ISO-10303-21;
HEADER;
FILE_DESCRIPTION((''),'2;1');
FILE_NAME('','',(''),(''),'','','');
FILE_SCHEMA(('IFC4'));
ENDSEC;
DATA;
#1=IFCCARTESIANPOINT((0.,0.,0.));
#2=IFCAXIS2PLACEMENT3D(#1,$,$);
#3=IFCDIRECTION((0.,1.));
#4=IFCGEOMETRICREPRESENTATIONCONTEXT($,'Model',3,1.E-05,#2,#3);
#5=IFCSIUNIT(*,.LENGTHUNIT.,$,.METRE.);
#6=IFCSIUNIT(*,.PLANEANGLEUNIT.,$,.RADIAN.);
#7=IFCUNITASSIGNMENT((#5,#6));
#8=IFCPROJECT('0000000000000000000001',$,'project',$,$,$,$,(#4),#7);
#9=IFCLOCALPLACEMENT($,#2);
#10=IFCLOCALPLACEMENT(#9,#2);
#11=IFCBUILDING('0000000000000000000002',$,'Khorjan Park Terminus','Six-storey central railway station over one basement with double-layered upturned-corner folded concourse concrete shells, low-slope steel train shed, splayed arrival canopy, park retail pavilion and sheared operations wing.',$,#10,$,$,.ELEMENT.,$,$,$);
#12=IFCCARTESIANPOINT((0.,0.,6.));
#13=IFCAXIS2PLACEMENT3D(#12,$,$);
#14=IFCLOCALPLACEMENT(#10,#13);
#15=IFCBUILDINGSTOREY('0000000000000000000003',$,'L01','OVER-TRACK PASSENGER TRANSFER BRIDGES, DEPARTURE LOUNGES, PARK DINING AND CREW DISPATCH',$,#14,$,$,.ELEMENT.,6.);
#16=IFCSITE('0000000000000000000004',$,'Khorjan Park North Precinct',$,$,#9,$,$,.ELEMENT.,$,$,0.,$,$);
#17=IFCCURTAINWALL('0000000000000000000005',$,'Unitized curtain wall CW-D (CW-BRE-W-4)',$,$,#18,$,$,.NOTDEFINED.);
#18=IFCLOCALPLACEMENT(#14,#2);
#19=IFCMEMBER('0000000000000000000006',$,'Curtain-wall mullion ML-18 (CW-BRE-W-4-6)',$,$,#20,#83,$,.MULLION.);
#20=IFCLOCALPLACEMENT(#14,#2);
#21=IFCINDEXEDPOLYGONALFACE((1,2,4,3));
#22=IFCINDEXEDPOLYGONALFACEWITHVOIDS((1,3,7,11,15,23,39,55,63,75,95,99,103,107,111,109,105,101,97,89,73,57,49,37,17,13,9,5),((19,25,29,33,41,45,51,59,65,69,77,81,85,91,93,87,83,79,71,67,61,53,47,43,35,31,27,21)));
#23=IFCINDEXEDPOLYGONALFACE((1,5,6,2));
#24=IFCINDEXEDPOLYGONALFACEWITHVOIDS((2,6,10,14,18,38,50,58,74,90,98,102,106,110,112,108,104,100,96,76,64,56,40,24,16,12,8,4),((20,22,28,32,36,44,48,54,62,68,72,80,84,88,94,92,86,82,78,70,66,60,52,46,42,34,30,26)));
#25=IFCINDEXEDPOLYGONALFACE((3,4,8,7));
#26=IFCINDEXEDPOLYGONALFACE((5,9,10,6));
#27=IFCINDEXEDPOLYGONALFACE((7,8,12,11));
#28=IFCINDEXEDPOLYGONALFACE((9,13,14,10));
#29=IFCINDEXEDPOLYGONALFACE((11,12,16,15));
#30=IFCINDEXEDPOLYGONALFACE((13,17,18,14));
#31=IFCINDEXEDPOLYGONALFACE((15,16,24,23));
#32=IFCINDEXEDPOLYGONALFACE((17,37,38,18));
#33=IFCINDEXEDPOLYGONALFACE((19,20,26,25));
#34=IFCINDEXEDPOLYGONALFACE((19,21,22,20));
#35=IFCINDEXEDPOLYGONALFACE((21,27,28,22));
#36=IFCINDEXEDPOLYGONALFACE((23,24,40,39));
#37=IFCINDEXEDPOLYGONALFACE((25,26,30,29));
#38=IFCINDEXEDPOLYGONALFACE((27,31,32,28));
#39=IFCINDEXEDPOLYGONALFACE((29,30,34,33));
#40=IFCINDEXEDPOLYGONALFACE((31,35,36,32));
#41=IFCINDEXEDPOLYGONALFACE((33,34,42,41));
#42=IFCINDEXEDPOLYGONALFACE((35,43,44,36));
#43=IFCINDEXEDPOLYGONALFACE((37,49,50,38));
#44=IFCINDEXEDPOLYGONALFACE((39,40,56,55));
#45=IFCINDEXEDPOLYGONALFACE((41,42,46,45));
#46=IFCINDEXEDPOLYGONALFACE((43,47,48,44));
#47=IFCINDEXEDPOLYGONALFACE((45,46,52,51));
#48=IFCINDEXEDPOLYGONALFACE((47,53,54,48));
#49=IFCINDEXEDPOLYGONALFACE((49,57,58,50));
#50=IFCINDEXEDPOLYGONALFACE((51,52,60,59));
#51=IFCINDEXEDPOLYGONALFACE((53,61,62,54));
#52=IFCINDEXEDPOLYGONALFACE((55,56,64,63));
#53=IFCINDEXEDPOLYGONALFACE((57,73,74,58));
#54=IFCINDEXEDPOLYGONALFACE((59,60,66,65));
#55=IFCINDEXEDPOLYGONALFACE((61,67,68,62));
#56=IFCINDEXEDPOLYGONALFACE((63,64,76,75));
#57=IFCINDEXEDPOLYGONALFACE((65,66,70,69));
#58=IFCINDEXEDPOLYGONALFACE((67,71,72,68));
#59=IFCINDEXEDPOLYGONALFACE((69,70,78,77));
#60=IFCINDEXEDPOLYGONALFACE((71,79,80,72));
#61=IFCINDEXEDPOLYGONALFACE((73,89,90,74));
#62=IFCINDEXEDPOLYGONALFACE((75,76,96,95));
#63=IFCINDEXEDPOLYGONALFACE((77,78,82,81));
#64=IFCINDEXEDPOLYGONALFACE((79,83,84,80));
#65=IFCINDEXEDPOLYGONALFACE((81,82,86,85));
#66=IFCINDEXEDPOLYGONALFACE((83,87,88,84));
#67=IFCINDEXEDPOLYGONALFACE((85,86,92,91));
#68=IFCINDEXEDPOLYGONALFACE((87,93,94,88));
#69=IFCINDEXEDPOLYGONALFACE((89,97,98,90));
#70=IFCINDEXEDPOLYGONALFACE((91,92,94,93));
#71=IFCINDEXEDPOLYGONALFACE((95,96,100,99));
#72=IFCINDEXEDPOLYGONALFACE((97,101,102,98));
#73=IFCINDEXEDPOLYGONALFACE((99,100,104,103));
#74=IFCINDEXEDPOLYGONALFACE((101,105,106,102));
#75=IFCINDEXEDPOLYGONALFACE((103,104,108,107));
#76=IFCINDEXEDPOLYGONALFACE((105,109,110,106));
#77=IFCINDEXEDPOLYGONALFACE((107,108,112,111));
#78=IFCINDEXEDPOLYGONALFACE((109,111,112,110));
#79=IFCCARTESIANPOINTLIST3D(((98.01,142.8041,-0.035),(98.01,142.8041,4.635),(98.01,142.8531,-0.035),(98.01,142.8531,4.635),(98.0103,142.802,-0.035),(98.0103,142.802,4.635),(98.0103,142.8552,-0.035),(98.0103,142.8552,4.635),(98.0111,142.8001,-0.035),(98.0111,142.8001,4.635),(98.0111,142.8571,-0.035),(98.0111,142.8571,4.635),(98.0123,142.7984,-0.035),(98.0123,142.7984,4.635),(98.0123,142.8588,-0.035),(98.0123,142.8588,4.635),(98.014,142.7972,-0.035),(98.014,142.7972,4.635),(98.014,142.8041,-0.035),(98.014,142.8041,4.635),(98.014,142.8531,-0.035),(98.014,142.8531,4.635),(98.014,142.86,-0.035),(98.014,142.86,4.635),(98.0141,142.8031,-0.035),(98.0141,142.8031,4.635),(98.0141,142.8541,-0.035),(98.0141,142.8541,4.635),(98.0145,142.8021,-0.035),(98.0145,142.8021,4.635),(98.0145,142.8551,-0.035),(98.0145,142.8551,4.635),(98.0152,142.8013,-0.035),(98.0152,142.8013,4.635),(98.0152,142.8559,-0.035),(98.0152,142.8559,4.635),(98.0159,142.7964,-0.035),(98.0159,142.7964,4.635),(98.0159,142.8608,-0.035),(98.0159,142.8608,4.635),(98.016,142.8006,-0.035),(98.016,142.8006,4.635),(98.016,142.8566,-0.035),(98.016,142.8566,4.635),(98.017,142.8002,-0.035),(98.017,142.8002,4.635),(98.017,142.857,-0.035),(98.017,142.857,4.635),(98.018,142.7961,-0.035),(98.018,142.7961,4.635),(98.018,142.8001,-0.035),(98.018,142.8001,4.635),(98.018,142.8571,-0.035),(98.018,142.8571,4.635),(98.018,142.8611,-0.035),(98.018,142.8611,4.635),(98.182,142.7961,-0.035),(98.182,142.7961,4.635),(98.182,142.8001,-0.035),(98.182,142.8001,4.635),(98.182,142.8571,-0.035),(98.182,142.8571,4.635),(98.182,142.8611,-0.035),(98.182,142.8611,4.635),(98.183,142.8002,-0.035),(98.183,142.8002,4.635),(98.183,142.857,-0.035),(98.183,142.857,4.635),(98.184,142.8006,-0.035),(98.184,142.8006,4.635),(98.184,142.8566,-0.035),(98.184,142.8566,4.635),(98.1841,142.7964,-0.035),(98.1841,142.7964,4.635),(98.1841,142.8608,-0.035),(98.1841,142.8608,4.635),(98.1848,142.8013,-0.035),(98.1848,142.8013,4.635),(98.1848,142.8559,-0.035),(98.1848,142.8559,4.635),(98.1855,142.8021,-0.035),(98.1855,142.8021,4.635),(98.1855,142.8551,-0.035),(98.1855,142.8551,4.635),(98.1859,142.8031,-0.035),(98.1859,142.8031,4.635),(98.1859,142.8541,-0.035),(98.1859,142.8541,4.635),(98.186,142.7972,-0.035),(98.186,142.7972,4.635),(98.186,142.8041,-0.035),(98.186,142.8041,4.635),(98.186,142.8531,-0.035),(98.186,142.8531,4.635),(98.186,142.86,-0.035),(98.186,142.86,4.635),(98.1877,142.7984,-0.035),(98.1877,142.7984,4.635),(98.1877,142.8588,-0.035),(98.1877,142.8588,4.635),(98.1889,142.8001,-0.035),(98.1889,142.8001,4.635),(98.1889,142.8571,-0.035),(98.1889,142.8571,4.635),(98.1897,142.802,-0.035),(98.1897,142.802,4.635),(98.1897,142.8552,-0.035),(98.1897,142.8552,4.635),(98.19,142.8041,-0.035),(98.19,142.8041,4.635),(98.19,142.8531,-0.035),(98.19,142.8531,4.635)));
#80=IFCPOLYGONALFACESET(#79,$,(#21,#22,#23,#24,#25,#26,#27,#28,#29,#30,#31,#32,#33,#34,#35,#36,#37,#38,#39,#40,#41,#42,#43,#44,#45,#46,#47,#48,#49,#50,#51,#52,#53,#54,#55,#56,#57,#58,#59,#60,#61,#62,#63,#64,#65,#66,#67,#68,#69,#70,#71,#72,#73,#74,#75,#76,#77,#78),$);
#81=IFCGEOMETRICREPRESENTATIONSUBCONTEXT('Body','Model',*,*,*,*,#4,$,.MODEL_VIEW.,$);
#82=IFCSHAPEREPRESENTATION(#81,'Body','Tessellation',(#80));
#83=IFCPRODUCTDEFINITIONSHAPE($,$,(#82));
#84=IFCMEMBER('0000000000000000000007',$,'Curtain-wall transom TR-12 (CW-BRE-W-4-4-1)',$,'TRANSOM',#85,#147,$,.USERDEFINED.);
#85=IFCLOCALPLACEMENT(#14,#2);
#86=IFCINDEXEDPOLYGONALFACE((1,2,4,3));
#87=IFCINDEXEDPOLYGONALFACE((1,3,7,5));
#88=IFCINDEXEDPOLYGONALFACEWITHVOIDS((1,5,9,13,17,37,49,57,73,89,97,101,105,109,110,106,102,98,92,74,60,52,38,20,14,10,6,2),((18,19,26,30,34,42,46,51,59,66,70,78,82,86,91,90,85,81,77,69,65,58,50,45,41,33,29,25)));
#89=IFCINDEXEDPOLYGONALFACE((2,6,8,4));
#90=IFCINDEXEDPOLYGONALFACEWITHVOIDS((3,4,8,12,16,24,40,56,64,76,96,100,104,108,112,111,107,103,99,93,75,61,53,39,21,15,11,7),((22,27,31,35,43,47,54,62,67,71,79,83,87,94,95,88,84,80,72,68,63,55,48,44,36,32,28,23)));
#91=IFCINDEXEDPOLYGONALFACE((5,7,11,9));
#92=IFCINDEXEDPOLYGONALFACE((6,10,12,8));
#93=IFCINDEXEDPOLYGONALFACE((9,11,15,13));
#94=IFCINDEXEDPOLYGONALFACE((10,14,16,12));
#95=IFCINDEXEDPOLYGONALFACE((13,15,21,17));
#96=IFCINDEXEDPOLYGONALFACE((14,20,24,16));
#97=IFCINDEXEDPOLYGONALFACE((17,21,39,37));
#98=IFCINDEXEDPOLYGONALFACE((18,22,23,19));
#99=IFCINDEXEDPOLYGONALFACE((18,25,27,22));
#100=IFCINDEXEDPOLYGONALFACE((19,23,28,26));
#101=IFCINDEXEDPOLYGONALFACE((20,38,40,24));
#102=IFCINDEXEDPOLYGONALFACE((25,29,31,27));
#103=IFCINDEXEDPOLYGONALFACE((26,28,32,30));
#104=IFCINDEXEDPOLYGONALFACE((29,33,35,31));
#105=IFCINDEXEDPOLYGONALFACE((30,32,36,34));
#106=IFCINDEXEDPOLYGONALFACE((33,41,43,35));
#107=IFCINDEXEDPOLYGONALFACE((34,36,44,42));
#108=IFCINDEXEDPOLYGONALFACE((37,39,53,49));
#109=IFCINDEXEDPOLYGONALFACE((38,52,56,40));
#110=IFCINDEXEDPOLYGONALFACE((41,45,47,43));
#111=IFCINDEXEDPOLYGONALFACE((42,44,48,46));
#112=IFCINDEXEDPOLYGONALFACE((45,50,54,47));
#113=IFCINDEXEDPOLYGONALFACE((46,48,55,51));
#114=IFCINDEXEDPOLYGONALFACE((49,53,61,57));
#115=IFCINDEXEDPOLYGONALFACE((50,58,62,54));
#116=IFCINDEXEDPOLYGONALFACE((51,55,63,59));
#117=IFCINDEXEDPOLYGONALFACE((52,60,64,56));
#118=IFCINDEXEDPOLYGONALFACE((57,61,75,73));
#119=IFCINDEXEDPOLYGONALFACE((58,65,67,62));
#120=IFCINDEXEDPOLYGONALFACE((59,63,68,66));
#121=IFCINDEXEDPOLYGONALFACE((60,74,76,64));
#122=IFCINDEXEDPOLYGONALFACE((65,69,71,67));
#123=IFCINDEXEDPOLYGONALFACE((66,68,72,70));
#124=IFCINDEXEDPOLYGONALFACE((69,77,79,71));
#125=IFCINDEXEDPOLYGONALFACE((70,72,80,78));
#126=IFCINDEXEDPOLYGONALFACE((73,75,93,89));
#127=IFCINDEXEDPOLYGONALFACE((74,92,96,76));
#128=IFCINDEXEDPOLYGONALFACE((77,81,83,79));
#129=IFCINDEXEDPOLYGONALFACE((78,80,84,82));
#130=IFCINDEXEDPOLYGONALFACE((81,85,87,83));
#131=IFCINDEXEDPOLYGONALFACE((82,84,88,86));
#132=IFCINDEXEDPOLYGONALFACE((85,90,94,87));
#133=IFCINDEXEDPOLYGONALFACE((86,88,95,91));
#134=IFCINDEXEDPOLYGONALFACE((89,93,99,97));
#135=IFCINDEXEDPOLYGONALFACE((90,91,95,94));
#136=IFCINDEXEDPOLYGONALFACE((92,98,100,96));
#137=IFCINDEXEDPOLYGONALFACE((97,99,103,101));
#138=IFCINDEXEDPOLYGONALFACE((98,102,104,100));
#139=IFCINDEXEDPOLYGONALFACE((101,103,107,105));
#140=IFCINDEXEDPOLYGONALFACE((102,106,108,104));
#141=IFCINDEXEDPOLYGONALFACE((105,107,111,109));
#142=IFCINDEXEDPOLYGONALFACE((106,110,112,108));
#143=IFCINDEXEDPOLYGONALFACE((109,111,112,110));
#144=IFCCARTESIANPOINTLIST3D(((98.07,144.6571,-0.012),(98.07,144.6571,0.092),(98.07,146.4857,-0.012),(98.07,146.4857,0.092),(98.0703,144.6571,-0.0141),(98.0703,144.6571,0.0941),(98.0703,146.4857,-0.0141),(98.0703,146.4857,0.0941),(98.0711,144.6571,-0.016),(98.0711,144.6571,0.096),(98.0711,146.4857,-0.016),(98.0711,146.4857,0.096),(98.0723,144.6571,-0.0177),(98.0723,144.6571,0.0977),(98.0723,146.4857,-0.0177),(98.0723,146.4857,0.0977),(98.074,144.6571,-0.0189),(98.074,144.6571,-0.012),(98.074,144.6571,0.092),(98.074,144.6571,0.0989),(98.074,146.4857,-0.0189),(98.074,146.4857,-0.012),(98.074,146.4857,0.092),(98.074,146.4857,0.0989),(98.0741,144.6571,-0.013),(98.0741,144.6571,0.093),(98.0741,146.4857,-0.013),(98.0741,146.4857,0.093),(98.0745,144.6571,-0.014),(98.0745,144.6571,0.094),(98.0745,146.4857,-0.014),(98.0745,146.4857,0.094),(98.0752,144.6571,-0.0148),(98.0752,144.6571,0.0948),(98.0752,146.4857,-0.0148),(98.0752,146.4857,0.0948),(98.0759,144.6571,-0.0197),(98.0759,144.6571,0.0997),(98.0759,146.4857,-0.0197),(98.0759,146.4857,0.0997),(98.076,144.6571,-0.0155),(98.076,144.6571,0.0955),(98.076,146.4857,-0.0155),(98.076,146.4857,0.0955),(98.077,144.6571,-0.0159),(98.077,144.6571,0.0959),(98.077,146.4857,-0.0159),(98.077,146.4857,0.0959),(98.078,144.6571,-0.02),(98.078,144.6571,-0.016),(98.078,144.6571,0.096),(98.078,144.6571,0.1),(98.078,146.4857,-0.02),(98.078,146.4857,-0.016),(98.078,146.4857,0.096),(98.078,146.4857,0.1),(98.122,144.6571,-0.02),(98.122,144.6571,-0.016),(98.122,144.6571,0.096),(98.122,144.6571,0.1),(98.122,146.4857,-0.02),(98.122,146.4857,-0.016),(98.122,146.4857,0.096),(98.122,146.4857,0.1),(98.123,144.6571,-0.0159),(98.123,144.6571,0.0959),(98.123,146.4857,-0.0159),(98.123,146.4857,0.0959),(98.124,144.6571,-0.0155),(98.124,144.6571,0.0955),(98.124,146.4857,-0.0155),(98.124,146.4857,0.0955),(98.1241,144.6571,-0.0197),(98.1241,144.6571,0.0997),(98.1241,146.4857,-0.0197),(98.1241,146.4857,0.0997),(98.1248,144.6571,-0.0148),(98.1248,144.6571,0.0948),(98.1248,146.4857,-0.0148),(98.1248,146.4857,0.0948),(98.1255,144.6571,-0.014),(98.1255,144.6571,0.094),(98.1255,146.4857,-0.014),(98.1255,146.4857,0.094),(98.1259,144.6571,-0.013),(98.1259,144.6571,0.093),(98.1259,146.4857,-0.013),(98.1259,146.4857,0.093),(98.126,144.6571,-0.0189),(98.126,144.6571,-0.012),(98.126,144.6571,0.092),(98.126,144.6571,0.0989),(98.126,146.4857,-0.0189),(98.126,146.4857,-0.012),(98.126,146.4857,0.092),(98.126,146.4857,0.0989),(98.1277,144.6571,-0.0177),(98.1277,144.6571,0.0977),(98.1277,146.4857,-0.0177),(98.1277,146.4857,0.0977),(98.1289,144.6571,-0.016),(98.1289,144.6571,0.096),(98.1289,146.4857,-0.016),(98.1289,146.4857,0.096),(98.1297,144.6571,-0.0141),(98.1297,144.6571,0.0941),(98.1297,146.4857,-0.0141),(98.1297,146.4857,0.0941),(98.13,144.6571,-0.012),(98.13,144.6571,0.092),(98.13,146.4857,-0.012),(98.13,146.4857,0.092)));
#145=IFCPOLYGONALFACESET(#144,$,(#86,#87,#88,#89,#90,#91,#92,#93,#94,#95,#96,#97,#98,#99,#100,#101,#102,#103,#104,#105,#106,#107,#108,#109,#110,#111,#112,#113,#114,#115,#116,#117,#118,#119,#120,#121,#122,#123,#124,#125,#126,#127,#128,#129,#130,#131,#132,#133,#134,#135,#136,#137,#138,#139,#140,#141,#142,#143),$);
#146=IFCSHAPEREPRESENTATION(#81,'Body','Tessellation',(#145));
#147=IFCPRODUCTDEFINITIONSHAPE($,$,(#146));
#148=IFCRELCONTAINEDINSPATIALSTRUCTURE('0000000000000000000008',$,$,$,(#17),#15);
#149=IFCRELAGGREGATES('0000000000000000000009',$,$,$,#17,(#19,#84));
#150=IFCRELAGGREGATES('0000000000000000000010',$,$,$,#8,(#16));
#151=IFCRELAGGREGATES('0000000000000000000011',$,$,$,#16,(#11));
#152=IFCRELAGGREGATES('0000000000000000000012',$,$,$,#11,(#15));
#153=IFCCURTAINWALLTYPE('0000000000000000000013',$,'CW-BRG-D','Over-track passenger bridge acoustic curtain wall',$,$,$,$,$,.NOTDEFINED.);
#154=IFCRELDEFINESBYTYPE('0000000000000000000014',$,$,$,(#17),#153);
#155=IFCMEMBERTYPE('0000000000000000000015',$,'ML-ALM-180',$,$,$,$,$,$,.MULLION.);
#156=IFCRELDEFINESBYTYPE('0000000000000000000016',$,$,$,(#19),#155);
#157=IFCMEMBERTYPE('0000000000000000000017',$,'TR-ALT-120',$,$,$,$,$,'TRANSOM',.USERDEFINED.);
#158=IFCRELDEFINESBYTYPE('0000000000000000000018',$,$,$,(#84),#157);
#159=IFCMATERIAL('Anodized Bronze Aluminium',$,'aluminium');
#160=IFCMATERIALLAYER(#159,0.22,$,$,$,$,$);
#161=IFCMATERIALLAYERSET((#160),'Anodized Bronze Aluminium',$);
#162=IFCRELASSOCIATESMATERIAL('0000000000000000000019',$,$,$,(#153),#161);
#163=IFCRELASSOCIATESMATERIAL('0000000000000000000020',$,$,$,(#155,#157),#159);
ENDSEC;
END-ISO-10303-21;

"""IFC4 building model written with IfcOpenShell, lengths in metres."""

from ifc_helpers import new_model, si_unit, direction, frame, origin, origin_2d, place, context, subcontext, project, spatial, hollow_rectangle, extrude, material, layer, layer_set, material_profile, profile_set, type_object, element, aggregate, save


model = new_model("IFC4")

# Units and contexts
model_context = context("Model", 3, precision=1e-05, world=origin(), true_north=direction((0.0, 1.0)))
body_context = subcontext(model_context, "Body", "Model", "MODEL_VIEW")
ifc_project = project(units=[si_unit("LENGTHUNIT", "METRE"), si_unit("PLANEANGLEUNIT", "RADIAN")], contexts=[model_context])

# Site, building, storey
site_placement = place(None, origin())
site = spatial("IfcSite", under=ifc_project, at=site_placement, Name="Khorjan Park North Precinct", CompositionType="ELEMENT", RefElevation=0.0)
building_placement = place(site_placement, origin())
building = spatial("IfcBuilding", under=site, at=building_placement, Name="Khorjan Park Terminus", Description="Six-storey central railway station over one basement with double-layered upturned-corner folded concourse concrete shells, low-slope steel train shed, splayed arrival canopy, park retail pavilion and sheared operations wing.", CompositionType="ELEMENT")
storey_placement = place(building_placement, frame((0.0, 0.0, 6.0)))
storey = spatial("IfcBuildingStorey", under=building, at=storey_placement, Name="L01", Description="OVER-TRACK PASSENGER TRANSFER BRIDGES, DEPARTURE LOUNGES, PARK DINING AND CREW DISPATCH", CompositionType="ELEMENT", Elevation=6.0)

# Curtain wall, members
ifc_material_1 = material(Name="Anodized Bronze Aluminium", Category="aluminium")
ifc_layer_1 = layer(ifc_material_1, 0.22)
ifc_layer_set_1 = layer_set([ifc_layer_1], Name="Anodized Bronze Aluminium")
curtain_wall_type = type_object("IfcCurtainWallType", Name="CW-BRG-D", Description="Over-track passenger bridge acoustic curtain wall", PredefinedType="NOTDEFINED", material=ifc_layer_set_1)
curtain_wall_placement = place(storey_placement, origin())
curtain_wall = element("IfcCurtainWall", 1, at=curtain_wall_placement, inside=storey, type_object=curtain_wall_type, Name="Unitized curtain wall CW-D (CW-BRE-W-4)", PredefinedType="NOTDEFINED")
ifc_material_profile_1 = material_profile(ifc_material_1, hollow_rectangle(XDim=0.065, YDim=0.18, WallThickness=0.004, InnerFilletRadius=0.004, OuterFilletRadius=0.008, at=origin_2d()), Name="ALM 65x180x4")
ifc_profile_set_1 = profile_set([ifc_material_profile_1], Name="Anodized Bronze Aluminium")
member_type_1 = type_object("IfcMemberType", Name="ML-ALM-180", PredefinedType="MULLION", material=ifc_profile_set_1)
member_1_placement = place(storey_placement, frame((98.1, 142.8286, -0.035), z_axis=(0.0, 0.0, 1.0), x_axis=(0.0, -1.0, 0.0)))
member_1 = element("IfcMember", 2, at=member_1_placement, type_object=member_type_1, Name="Curtain-wall mullion ML-18 (CW-BRE-W-4-6)", PredefinedType="MULLION", context=body_context, shape_type="SweptSolid", body=[
    extrude(hollow_rectangle(XDim=0.065, YDim=0.18, WallThickness=0.004, InnerFilletRadius=0.004, OuterFilletRadius=0.008, at=origin_2d()), origin(), (0.0, 0.0, 1.0), 4.67),
])
ifc_material_profile_2 = material_profile(ifc_material_1, hollow_rectangle(XDim=0.06, YDim=0.12, WallThickness=0.004, InnerFilletRadius=0.004, OuterFilletRadius=0.008, at=origin_2d()), Name="ALT 60x120x4")
ifc_profile_set_2 = profile_set([ifc_material_profile_2], Name="Anodized Bronze Aluminium")
member_type_2 = type_object("IfcMemberType", Name="TR-ALT-120", ElementType="TRANSOM", PredefinedType="USERDEFINED", material=ifc_profile_set_2)
member_2_placement = place(storey_placement, frame((98.1, 146.4857, 0.04), z_axis=(0.0, -1.0, 0.0), x_axis=(1.0, 0.0, 0.0)))
member_2 = element("IfcMember", 3, at=member_2_placement, type_object=member_type_2, Name="Curtain-wall transom TR-12 (CW-BRE-W-4-4-1)", ObjectType="TRANSOM", PredefinedType="USERDEFINED", context=body_context, shape_type="SweptSolid", body=[
    extrude(hollow_rectangle(XDim=0.06, YDim=0.12, WallThickness=0.004, InnerFilletRadius=0.004, OuterFilletRadius=0.008, at=origin_2d()), origin(), (0.0, 0.0, 1.0), 1.8286),
])
aggregate(curtain_wall, [member_1, member_2])

save(model, "model.ifc")
